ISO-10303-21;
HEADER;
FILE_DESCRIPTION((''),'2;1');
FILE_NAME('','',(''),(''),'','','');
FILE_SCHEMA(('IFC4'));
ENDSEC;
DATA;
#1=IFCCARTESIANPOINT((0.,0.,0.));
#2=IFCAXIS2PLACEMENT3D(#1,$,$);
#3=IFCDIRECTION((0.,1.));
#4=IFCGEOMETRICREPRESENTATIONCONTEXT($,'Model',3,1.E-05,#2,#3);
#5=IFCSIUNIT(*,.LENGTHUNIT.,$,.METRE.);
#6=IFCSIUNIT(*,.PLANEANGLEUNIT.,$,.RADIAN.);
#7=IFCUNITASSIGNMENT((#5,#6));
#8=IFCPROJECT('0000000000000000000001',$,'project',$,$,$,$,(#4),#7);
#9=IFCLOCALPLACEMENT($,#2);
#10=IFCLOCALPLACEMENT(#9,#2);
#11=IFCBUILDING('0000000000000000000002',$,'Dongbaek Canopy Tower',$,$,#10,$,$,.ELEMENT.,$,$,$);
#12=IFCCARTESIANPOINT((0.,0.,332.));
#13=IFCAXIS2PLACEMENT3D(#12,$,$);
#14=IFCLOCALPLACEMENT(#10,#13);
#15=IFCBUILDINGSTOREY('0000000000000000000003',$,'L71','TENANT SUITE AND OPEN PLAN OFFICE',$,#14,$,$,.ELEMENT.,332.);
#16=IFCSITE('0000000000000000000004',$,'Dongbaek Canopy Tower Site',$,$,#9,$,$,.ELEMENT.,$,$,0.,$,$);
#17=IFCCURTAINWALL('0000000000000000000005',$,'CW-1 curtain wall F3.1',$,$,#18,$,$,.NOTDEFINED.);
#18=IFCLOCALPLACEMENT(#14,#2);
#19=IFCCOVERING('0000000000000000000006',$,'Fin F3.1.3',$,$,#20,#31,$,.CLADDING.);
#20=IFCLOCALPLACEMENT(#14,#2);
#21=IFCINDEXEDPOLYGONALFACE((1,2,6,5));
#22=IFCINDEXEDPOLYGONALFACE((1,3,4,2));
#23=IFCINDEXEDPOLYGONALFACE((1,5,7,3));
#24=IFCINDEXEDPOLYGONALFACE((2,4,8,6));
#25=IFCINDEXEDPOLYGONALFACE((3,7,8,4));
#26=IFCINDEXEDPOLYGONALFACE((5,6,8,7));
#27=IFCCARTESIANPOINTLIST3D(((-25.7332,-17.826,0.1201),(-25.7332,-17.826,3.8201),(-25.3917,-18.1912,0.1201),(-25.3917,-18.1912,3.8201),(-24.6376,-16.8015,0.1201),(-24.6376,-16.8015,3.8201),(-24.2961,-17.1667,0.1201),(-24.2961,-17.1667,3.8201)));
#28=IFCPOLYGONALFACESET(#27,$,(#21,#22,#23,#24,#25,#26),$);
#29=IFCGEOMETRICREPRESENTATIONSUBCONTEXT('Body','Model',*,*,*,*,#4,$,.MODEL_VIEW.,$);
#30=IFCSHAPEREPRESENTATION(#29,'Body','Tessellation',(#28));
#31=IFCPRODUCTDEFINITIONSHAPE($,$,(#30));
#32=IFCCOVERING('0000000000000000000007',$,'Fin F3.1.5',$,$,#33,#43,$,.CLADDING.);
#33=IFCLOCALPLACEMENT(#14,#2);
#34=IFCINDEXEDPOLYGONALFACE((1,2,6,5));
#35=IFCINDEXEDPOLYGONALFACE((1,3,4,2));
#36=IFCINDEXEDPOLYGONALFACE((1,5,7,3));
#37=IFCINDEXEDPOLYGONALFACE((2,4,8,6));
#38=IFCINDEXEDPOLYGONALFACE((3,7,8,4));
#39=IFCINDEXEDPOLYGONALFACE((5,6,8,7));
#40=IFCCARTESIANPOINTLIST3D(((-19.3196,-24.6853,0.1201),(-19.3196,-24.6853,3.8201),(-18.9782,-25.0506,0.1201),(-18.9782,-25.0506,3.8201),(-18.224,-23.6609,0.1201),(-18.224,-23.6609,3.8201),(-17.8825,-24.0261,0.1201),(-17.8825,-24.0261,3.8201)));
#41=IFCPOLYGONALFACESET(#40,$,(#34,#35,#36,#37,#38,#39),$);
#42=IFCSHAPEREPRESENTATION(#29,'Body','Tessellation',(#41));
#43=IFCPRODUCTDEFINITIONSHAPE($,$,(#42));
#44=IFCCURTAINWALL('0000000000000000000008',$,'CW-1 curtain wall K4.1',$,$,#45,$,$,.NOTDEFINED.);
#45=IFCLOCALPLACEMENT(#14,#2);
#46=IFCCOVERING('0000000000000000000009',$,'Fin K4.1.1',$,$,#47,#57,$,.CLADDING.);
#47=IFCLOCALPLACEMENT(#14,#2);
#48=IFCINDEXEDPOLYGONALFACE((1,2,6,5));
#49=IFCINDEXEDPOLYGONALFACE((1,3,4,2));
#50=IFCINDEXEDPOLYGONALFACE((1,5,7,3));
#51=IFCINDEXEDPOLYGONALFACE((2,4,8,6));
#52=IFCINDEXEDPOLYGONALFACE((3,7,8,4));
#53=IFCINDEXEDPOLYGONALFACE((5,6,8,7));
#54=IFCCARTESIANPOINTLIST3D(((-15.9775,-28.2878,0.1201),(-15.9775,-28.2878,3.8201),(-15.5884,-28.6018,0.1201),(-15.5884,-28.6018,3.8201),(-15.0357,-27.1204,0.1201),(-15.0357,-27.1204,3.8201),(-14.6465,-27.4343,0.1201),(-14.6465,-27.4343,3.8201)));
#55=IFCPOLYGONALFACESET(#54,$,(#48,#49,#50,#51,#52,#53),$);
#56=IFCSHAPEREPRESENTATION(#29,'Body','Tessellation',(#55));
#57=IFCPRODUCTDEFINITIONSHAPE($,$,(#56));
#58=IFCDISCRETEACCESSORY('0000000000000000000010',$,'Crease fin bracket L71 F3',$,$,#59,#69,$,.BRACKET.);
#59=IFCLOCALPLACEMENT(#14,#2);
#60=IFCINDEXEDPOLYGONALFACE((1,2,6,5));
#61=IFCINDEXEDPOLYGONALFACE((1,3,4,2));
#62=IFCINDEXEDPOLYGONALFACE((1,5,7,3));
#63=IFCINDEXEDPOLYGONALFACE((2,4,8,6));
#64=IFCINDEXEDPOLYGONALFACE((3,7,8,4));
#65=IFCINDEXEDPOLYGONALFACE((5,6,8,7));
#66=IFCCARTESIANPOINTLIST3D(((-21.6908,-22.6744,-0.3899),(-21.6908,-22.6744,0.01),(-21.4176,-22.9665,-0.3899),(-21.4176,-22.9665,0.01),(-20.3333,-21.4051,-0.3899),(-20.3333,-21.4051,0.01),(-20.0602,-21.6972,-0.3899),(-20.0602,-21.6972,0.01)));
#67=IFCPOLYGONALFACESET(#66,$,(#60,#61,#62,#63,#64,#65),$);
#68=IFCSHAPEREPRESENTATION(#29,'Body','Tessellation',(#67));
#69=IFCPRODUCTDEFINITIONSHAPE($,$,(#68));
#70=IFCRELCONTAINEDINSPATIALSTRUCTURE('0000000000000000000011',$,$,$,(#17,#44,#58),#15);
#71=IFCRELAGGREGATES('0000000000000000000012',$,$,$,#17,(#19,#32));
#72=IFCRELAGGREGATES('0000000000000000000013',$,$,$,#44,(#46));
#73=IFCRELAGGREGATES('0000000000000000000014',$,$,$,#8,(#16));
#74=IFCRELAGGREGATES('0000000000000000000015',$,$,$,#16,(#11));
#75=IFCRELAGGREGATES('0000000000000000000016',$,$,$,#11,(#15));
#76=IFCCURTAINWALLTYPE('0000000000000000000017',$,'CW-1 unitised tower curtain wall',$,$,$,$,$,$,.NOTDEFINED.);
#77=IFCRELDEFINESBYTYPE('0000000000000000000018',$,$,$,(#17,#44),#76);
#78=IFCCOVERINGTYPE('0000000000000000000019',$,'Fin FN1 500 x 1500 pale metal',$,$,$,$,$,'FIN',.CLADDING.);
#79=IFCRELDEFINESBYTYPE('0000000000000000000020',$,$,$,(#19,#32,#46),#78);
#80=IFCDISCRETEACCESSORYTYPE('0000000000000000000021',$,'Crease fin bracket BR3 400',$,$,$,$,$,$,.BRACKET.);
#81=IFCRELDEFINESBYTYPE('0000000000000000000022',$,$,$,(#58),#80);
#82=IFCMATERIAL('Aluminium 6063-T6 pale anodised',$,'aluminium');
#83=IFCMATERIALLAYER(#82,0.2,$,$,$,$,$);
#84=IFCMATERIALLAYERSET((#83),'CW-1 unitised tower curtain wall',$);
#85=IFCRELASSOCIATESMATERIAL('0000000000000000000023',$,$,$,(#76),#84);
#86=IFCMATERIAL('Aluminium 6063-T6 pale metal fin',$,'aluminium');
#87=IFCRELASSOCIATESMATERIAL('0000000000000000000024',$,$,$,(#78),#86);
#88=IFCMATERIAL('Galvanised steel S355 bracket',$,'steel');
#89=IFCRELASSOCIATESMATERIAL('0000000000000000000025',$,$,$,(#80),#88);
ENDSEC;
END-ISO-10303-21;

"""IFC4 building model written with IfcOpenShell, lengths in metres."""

from ifc_helpers import new_model, si_unit, direction, frame, origin, origin_2d, place, context, subcontext, project, spatial, rectangle, extrude, material, layer, layer_set, material_profile, profile_set, type_object, element, aggregate, save


model = new_model("IFC4")

# Units and contexts
model_context = context("Model", 3, precision=1e-05, world=origin(), true_north=direction((0.0, 1.0)))
body_context = subcontext(model_context, "Body", "Model", "MODEL_VIEW")
ifc_project = project(units=[si_unit("LENGTHUNIT", "METRE"), si_unit("PLANEANGLEUNIT", "RADIAN")], contexts=[model_context])

# Site, building, storey
site_placement = place(None, origin())
site = spatial("IfcSite", under=ifc_project, at=site_placement, Name="Dongbaek Canopy Tower Site", CompositionType="ELEMENT", RefElevation=0.0)
building_placement = place(site_placement, origin())
building = spatial("IfcBuilding", under=site, at=building_placement, Name="Dongbaek Canopy Tower", CompositionType="ELEMENT")
storey_placement = place(building_placement, frame((0.0, 0.0, 332.0)))
storey = spatial("IfcBuildingStorey", under=building, at=storey_placement, Name="L71", Description="TENANT SUITE AND OPEN PLAN OFFICE", CompositionType="ELEMENT", Elevation=332.0)

# Curtain wall
ifc_material_1 = material(Name="Aluminium 6063-T6 pale anodised", Category="aluminium")
ifc_layer_1 = layer(ifc_material_1, 0.2)
ifc_layer_set_1 = layer_set([ifc_layer_1], Name="CW-1 unitised tower curtain wall")
curtain_wall_type = type_object("IfcCurtainWallType", Name="CW-1 unitised tower curtain wall", PredefinedType="NOTDEFINED", material=ifc_layer_set_1)
curtain_wall_1_placement = place(storey_placement, origin())
curtain_wall_1 = element("IfcCurtainWall", 1, at=curtain_wall_1_placement, inside=storey, type_object=curtain_wall_type, Name="CW-1 curtain wall F3.1", PredefinedType="NOTDEFINED")

# Coverings
ifc_material_2 = material(Name="Aluminium 6063-T6 pale metal fin", Category="aluminium")
ifc_material_profile_1 = material_profile(ifc_material_2, rectangle(XDim=1.5, YDim=0.5, at=origin_2d()), Name="Fin FN1 500 x 1500 pale metal")
ifc_profile_set_1 = profile_set([ifc_material_profile_1], Name="Aluminium 6063-T6 pale metal fin")
covering_type_1 = type_object("IfcCoveringType", Name="Fin FN1 500 x 1500 pale metal", ElementType="FIN", PredefinedType="CLADDING", material=ifc_profile_set_1)
covering_1_placement = place(storey_placement, frame((-25.0146, -17.4963, 0.1201), z_axis=(0.0, 0.0, 1.0), x_axis=(-0.730438, -0.682979, 0.0)))
covering_1 = element("IfcCovering", 2, at=covering_1_placement, type_object=covering_type_1, Name="Fin F3.1.3", PredefinedType="CLADDING", context=body_context, shape_type="SweptSolid", body=[
    extrude(rectangle(XDim=1.5, YDim=0.5, at=origin_2d()), origin(), (0.0, 0.0, 1.0), 3.7),
])
covering_2_placement = place(storey_placement, frame((-18.6011, -24.3557, 0.1201), z_axis=(0.0, 0.0, 1.0), x_axis=(-0.730438, -0.682979, 0.0)))
covering_2 = element("IfcCovering", 3, at=covering_2_placement, type_object=covering_type_1, Name="Fin F3.1.5", PredefinedType="CLADDING", context=body_context, shape_type="SweptSolid", body=[
    extrude(rectangle(XDim=1.5, YDim=0.5, at=origin_2d()), origin(), (0.0, 0.0, 1.0), 3.7),
])
aggregate(curtain_wall_1, [covering_1, covering_2])

# Curtain wall, covering
curtain_wall_2_placement = place(storey_placement, origin())
curtain_wall_2 = element("IfcCurtainWall", 4, at=curtain_wall_2_placement, inside=storey, type_object=curtain_wall_type, Name="CW-1 curtain wall K4.1", PredefinedType="NOTDEFINED")
covering_3_placement = place(storey_placement, frame((-15.312, -27.8611, 0.1201), z_axis=(0.0, 0.0, 1.0), x_axis=(-0.627904, -0.778291, 0.0)))
covering_3 = element("IfcCovering", 5, at=covering_3_placement, type_object=covering_type_1, Name="Fin K4.1.1", PredefinedType="CLADDING", context=body_context, shape_type="SweptSolid", body=[
    extrude(rectangle(XDim=1.5, YDim=0.5, at=origin_2d()), origin(), (0.0, 0.0, 1.0), 3.7),
])
aggregate(curtain_wall_2, [covering_3])

# Discrete accessory
ifc_material_3 = material(Name="Galvanised steel S355 bracket", Category="steel")
discrete_accessory_type = type_object("IfcDiscreteAccessoryType", Name="Crease fin bracket BR3 400", PredefinedType="BRACKET", material=ifc_material_3)
discrete_accessory_placement = place(storey_placement, frame((-20.8755, -22.1858, -0.3899), z_axis=(0.0, 0.0, 1.0), x_axis=(-0.730439, -0.682978, 0.0)))
element("IfcDiscreteAccessory", 6, at=discrete_accessory_placement, inside=storey, type_object=discrete_accessory_type, Name="Crease fin bracket L71 F3", PredefinedType="BRACKET", context=body_context, shape_type="SweptSolid", body=[
    extrude(rectangle(XDim=1.8584, YDim=0.3999, at=origin_2d()), origin(), (0.0, 0.0, 1.0), 0.3999),
])

save(model, "model.ifc")
